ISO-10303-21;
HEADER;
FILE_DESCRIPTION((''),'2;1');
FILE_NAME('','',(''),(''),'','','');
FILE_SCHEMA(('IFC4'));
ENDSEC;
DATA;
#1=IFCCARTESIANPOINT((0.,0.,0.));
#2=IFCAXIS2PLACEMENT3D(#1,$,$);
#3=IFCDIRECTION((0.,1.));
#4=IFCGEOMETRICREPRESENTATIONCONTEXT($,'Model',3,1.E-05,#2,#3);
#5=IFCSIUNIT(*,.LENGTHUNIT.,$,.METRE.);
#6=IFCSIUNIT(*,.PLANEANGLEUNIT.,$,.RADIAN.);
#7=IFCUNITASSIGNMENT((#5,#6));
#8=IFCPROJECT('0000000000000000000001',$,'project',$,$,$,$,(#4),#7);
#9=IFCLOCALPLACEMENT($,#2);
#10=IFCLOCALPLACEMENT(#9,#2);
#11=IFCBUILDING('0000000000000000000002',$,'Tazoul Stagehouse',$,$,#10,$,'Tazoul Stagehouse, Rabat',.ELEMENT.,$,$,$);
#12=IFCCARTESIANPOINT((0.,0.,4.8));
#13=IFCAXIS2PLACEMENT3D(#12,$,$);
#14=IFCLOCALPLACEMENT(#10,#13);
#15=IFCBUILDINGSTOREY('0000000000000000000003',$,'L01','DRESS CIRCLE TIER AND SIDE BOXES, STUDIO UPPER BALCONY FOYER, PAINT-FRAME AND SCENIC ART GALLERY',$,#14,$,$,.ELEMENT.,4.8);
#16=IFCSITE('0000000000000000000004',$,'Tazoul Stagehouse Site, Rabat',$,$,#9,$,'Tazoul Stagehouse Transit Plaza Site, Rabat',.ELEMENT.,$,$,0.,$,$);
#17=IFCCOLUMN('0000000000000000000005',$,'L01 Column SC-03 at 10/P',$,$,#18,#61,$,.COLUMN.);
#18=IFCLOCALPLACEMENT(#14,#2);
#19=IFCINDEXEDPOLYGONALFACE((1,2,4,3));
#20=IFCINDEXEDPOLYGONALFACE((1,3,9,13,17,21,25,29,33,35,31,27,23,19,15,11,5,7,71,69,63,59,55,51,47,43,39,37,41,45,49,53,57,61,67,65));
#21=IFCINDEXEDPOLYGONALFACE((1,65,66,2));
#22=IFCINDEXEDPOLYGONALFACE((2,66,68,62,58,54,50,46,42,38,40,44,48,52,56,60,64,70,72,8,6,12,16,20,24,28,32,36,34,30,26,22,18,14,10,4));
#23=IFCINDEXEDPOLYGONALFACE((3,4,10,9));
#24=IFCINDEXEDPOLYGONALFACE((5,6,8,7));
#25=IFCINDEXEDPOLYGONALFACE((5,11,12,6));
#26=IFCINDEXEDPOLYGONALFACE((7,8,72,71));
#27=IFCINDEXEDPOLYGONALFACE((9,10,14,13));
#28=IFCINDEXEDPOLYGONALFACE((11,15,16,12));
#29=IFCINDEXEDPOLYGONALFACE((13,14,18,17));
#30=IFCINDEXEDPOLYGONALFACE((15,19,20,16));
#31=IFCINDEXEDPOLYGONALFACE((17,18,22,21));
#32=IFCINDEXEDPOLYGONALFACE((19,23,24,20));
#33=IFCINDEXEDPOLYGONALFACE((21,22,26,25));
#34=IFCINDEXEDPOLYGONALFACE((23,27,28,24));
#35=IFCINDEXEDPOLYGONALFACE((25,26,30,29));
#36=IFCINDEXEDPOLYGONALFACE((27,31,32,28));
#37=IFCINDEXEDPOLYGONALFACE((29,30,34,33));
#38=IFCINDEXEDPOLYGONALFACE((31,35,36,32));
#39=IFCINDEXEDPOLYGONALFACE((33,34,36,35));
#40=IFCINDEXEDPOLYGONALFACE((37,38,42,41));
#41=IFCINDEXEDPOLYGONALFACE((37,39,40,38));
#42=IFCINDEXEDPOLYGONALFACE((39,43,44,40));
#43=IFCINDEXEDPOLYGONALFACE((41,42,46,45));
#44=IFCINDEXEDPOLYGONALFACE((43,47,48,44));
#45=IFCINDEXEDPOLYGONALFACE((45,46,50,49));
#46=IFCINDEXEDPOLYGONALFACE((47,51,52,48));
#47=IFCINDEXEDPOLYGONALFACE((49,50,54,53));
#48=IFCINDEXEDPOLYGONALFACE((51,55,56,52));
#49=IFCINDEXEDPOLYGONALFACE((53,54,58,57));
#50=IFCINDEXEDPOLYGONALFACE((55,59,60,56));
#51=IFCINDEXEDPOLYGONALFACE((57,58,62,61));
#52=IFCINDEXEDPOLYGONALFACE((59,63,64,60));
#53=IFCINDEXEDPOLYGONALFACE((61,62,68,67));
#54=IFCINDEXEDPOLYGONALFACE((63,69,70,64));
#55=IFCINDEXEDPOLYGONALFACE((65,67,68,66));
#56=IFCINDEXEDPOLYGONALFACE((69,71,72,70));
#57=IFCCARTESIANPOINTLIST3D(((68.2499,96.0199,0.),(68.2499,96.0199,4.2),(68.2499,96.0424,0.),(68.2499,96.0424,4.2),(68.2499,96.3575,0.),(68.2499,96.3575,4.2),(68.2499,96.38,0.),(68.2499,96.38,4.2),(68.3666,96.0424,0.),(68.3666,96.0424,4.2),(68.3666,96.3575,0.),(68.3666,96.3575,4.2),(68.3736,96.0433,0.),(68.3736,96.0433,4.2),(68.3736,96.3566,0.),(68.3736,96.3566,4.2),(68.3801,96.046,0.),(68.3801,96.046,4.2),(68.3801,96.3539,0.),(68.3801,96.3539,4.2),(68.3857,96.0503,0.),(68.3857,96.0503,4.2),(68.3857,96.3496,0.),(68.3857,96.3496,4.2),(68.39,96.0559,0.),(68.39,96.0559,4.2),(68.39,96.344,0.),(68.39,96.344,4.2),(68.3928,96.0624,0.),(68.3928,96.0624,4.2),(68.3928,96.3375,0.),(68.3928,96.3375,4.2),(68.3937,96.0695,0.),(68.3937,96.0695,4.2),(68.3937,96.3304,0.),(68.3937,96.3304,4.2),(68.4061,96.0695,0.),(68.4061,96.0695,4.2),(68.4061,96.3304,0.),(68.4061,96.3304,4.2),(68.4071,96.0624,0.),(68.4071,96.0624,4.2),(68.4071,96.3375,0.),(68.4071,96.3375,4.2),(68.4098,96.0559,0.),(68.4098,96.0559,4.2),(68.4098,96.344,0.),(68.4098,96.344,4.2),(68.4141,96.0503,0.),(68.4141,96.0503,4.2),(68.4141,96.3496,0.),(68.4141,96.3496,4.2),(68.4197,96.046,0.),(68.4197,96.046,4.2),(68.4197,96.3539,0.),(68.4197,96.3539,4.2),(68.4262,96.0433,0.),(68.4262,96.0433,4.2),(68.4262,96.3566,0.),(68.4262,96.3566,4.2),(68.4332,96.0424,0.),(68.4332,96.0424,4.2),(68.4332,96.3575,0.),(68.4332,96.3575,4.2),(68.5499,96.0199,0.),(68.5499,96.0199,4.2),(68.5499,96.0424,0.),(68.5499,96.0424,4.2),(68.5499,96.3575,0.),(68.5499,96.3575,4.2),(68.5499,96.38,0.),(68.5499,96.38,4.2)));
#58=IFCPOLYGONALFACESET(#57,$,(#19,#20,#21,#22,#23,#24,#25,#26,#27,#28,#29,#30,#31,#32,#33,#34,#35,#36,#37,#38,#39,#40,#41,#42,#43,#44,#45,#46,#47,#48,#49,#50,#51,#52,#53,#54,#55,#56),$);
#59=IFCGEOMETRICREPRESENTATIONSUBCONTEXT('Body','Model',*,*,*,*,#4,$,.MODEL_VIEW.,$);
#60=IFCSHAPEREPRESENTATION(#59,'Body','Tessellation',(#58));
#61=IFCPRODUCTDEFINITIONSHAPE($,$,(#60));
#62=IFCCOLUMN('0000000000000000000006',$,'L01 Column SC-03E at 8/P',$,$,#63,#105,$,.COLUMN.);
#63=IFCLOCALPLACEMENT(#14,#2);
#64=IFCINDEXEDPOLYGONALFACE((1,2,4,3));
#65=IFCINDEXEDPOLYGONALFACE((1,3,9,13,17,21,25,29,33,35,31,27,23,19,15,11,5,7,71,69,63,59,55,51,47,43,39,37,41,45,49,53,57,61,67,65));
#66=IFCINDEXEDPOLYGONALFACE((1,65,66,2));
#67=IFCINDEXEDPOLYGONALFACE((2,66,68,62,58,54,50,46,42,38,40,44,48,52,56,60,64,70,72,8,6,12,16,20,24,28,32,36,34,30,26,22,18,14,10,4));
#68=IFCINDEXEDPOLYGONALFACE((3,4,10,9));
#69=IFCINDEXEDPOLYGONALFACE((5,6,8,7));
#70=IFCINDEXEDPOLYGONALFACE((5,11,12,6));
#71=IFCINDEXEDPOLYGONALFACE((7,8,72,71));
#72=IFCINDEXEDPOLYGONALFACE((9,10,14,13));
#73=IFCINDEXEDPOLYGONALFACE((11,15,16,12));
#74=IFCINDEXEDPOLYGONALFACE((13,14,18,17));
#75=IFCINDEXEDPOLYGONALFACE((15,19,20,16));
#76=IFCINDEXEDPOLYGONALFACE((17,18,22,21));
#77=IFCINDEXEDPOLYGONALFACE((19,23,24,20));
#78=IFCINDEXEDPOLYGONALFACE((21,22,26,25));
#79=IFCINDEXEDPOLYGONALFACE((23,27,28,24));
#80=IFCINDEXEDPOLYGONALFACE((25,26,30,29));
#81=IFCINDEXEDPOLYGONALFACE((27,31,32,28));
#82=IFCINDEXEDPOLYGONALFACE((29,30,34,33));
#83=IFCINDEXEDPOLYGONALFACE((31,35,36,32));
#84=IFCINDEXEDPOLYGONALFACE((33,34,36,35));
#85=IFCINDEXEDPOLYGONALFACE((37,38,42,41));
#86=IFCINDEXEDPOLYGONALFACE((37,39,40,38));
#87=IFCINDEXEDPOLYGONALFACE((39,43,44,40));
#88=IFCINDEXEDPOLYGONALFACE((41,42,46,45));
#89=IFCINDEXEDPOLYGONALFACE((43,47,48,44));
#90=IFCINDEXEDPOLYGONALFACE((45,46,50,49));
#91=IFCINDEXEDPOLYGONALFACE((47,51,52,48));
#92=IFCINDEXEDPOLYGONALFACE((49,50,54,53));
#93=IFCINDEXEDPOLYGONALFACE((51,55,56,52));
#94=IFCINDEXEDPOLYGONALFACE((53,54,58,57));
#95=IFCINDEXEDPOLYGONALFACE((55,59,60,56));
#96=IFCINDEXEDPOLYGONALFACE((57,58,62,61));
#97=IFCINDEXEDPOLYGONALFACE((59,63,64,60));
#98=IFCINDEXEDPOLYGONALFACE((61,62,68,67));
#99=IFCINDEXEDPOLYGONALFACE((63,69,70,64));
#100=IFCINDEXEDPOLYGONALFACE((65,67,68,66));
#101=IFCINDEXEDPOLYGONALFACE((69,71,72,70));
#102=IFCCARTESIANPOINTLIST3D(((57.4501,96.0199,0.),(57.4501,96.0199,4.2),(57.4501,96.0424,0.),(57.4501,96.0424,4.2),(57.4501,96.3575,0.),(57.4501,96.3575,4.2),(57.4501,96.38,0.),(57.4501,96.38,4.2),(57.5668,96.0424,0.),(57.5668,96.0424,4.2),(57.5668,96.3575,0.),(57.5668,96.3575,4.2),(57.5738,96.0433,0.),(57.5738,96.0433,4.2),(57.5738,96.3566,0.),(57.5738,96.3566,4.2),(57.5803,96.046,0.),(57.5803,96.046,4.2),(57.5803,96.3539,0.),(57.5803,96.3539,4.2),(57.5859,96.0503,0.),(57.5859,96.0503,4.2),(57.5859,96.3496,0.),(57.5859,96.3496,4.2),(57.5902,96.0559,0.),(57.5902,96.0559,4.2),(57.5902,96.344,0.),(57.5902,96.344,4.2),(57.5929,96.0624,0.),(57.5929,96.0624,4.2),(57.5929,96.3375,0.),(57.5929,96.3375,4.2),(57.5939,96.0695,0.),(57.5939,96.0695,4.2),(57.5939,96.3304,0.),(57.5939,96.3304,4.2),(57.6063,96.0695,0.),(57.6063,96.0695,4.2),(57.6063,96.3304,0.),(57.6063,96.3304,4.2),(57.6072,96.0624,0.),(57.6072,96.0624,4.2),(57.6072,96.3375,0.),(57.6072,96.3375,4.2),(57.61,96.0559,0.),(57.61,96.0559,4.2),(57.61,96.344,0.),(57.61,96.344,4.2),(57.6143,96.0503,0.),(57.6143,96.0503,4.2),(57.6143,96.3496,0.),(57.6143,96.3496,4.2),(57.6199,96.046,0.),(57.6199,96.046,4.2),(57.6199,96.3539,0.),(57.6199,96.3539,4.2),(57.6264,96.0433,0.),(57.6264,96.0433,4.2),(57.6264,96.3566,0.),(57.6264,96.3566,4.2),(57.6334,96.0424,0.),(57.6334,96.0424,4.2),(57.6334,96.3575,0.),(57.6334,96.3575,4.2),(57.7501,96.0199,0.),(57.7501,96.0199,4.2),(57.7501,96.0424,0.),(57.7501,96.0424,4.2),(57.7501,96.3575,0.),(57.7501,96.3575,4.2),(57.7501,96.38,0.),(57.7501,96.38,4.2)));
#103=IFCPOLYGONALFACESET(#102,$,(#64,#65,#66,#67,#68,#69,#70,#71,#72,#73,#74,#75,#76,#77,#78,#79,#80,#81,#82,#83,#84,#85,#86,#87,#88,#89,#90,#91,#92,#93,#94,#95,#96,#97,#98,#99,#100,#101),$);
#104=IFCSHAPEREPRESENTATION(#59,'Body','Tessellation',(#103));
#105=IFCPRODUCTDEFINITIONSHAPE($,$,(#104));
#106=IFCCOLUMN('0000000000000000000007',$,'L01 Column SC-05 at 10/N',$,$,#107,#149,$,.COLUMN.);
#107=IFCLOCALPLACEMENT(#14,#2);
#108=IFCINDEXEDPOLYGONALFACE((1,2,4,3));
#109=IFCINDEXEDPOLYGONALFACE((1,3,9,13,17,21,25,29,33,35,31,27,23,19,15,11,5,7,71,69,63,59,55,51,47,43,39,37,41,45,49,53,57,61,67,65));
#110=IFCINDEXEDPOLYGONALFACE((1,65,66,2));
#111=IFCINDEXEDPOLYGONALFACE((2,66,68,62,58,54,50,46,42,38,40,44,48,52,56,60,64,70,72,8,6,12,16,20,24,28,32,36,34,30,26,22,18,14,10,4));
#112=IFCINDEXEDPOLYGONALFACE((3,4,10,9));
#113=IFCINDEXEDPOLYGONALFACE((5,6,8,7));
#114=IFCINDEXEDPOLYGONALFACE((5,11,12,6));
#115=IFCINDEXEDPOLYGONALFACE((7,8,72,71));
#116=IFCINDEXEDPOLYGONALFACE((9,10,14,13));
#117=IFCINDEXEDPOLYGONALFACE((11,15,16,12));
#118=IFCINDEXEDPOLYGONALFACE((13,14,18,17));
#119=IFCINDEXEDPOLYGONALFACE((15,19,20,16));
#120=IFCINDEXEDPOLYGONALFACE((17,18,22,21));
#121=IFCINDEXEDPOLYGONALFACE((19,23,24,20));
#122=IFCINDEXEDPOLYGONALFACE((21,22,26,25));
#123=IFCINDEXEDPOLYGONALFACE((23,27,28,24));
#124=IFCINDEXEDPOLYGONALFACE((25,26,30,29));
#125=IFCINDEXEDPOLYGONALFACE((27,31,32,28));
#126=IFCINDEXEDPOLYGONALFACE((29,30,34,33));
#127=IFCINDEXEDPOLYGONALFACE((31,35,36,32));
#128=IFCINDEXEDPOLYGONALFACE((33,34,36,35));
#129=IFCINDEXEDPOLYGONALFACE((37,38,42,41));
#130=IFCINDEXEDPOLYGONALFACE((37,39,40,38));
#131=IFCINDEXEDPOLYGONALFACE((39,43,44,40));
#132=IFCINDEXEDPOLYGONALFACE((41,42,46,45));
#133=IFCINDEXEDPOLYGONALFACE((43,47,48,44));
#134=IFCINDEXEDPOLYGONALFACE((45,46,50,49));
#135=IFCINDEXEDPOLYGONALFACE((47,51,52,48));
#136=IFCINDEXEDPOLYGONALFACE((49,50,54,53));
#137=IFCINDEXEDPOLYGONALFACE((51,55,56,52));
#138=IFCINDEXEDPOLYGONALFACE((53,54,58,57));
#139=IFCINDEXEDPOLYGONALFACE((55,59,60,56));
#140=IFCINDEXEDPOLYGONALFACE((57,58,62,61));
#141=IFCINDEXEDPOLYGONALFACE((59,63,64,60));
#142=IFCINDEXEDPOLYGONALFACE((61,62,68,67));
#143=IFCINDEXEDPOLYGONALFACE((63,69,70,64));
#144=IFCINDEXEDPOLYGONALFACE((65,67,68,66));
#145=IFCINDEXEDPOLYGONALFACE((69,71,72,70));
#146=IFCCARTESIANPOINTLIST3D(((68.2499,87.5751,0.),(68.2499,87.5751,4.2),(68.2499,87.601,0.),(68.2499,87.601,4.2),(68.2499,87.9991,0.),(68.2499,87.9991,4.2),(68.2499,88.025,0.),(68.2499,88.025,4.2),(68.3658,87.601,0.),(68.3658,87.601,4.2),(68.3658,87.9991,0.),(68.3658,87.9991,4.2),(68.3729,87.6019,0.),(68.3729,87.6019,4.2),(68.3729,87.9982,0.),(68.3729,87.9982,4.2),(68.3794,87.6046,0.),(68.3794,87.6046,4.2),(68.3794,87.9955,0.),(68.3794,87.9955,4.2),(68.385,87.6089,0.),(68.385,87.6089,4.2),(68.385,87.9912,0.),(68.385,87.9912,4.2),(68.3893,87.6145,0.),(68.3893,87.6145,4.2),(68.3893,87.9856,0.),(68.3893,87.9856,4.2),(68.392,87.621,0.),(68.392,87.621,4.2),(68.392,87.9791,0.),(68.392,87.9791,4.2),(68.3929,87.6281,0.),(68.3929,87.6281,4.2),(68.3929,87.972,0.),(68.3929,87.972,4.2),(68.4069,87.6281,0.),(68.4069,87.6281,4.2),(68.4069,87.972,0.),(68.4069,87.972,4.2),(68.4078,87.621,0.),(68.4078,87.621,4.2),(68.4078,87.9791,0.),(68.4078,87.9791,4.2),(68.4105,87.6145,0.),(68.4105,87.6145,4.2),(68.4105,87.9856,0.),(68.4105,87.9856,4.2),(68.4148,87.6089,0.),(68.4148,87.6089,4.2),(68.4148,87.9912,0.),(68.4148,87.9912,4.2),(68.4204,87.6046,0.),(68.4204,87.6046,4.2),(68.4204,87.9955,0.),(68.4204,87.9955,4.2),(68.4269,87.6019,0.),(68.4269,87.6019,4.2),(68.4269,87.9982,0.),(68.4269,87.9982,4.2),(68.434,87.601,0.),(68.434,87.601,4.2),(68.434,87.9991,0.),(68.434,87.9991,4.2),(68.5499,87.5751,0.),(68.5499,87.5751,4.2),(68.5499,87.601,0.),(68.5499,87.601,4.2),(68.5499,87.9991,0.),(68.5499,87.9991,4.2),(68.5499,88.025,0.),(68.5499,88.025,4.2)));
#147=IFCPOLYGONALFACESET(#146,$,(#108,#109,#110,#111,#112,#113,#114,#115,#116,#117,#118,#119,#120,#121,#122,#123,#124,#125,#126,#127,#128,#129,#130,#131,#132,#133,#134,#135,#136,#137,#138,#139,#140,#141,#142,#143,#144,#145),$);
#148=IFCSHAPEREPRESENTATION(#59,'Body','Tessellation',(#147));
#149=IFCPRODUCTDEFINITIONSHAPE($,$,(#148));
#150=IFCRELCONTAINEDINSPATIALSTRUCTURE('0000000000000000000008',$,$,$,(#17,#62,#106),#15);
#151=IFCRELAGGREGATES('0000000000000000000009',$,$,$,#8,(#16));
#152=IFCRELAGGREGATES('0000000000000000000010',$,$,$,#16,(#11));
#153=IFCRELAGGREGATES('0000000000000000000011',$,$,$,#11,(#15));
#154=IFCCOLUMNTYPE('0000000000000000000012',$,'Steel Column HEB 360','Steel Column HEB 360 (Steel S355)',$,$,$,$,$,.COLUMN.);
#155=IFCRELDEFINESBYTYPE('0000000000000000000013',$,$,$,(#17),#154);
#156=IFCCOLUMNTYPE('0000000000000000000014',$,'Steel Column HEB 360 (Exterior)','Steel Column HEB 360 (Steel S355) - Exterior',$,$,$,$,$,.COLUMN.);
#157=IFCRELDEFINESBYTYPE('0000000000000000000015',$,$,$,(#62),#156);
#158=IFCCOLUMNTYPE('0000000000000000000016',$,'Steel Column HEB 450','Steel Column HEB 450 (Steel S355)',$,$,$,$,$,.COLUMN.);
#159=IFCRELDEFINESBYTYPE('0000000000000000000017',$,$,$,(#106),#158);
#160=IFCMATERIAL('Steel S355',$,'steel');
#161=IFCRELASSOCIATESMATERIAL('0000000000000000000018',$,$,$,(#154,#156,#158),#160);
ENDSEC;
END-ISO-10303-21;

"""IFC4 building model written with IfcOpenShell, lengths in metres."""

from ifc_helpers import new_model, si_unit, direction, frame, origin, origin_2d, place, context, subcontext, project, spatial, i_section, extrude, material, material_profile, profile_set, type_object, element, save


model = new_model("IFC4")

# Units and contexts
model_context = context("Model", 3, precision=1e-05, world=origin(), true_north=direction((0.0, 1.0)))
body_context = subcontext(model_context, "Body", "Model", "MODEL_VIEW")
ifc_project = project(units=[si_unit("LENGTHUNIT", "METRE"), si_unit("PLANEANGLEUNIT", "RADIAN")], contexts=[model_context])

# Site, building, storey
site_placement = place(None, origin())
site = spatial("IfcSite", under=ifc_project, at=site_placement, Name="Tazoul Stagehouse Site, Rabat", LongName="Tazoul Stagehouse Transit Plaza Site, Rabat", CompositionType="ELEMENT", RefElevation=0.0)
building_placement = place(site_placement, origin())
building = spatial("IfcBuilding", under=site, at=building_placement, Name="Tazoul Stagehouse", LongName="Tazoul Stagehouse, Rabat", CompositionType="ELEMENT")
storey_placement = place(building_placement, frame((0.0, 0.0, 4.8)))
storey = spatial("IfcBuildingStorey", under=building, at=storey_placement, Name="L01", Description="DRESS CIRCLE TIER AND SIDE BOXES, STUDIO UPPER BALCONY FOYER, PAINT-FRAME AND SCENIC ART GALLERY", CompositionType="ELEMENT", Elevation=4.8)

# Columns
ifc_material_1 = material(Name="Steel S355", Category="steel")
ifc_material_profile_1 = material_profile(ifc_material_1, i_section(OverallWidth=0.3, OverallDepth=0.3601, WebThickness=0.0125, FlangeThickness=0.0225, FilletRadius=0.0271, at=origin_2d()), Name="HEB 360")
ifc_profile_set_1 = profile_set([ifc_material_profile_1], Name="Steel S355")
column_type_1 = type_object("IfcColumnType", Name="Steel Column HEB 360", Description="Steel Column HEB 360 (Steel S355)", PredefinedType="COLUMN", material=ifc_profile_set_1)
column_1_placement = place(storey_placement, frame((68.3999, 96.2, 0.0), z_axis=(0.0, 0.0, 1.0), x_axis=(1.0, 0.0, 0.0)))
element("IfcColumn", 1, at=column_1_placement, inside=storey, type_object=column_type_1, Name="L01 Column SC-03 at 10/P", PredefinedType="COLUMN", context=body_context, shape_type="SweptSolid", body=[
    extrude(i_section(OverallWidth=0.3, OverallDepth=0.3601, WebThickness=0.0125, FlangeThickness=0.0225, FilletRadius=0.0271, at=origin_2d()), origin(), (0.0, 0.0, 1.0), 4.2),
])
ifc_material_profile_2 = material_profile(ifc_material_1, i_section(OverallWidth=0.3, OverallDepth=0.3601, WebThickness=0.0125, FlangeThickness=0.0225, FilletRadius=0.0271, at=origin_2d()), Name="HEB 360")
ifc_profile_set_2 = profile_set([ifc_material_profile_2], Name="Steel S355")
column_type_2 = type_object("IfcColumnType", Name="Steel Column HEB 360 (Exterior)", Description="Steel Column HEB 360 (Steel S355) - Exterior", PredefinedType="COLUMN", material=ifc_profile_set_2)
column_2_placement = place(storey_placement, frame((57.6001, 96.2, 0.0), z_axis=(0.0, 0.0, 1.0), x_axis=(1.0, 0.0, 0.0)))
element("IfcColumn", 2, at=column_2_placement, inside=storey, type_object=column_type_2, Name="L01 Column SC-03E at 8/P", PredefinedType="COLUMN", context=body_context, shape_type="SweptSolid", body=[
    extrude(i_section(OverallWidth=0.3, OverallDepth=0.3601, WebThickness=0.0125, FlangeThickness=0.0225, FilletRadius=0.0271, at=origin_2d()), origin(), (0.0, 0.0, 1.0), 4.2),
])
ifc_material_profile_3 = material_profile(ifc_material_1, i_section(OverallWidth=0.3, OverallDepth=0.45, WebThickness=0.0139, FlangeThickness=0.0259, FilletRadius=0.0271, at=origin_2d()), Name="HEB 450")
ifc_profile_set_3 = profile_set([ifc_material_profile_3], Name="Steel S355")
column_type_3 = type_object("IfcColumnType", Name="Steel Column HEB 450", Description="Steel Column HEB 450 (Steel S355)", PredefinedType="COLUMN", material=ifc_profile_set_3)
column_3_placement = place(storey_placement, frame((68.3999, 87.8, 0.0), z_axis=(0.0, 0.0, 1.0), x_axis=(1.0, 0.0, 0.0)))
element("IfcColumn", 3, at=column_3_placement, inside=storey, type_object=column_type_3, Name="L01 Column SC-05 at 10/N", PredefinedType="COLUMN", context=body_context, shape_type="SweptSolid", body=[
    extrude(i_section(OverallWidth=0.3, OverallDepth=0.45, WebThickness=0.0139, FlangeThickness=0.0259, FilletRadius=0.0271, at=origin_2d()), origin(), (0.0, 0.0, 1.0), 4.2),
])

save(model, "model.ifc")
